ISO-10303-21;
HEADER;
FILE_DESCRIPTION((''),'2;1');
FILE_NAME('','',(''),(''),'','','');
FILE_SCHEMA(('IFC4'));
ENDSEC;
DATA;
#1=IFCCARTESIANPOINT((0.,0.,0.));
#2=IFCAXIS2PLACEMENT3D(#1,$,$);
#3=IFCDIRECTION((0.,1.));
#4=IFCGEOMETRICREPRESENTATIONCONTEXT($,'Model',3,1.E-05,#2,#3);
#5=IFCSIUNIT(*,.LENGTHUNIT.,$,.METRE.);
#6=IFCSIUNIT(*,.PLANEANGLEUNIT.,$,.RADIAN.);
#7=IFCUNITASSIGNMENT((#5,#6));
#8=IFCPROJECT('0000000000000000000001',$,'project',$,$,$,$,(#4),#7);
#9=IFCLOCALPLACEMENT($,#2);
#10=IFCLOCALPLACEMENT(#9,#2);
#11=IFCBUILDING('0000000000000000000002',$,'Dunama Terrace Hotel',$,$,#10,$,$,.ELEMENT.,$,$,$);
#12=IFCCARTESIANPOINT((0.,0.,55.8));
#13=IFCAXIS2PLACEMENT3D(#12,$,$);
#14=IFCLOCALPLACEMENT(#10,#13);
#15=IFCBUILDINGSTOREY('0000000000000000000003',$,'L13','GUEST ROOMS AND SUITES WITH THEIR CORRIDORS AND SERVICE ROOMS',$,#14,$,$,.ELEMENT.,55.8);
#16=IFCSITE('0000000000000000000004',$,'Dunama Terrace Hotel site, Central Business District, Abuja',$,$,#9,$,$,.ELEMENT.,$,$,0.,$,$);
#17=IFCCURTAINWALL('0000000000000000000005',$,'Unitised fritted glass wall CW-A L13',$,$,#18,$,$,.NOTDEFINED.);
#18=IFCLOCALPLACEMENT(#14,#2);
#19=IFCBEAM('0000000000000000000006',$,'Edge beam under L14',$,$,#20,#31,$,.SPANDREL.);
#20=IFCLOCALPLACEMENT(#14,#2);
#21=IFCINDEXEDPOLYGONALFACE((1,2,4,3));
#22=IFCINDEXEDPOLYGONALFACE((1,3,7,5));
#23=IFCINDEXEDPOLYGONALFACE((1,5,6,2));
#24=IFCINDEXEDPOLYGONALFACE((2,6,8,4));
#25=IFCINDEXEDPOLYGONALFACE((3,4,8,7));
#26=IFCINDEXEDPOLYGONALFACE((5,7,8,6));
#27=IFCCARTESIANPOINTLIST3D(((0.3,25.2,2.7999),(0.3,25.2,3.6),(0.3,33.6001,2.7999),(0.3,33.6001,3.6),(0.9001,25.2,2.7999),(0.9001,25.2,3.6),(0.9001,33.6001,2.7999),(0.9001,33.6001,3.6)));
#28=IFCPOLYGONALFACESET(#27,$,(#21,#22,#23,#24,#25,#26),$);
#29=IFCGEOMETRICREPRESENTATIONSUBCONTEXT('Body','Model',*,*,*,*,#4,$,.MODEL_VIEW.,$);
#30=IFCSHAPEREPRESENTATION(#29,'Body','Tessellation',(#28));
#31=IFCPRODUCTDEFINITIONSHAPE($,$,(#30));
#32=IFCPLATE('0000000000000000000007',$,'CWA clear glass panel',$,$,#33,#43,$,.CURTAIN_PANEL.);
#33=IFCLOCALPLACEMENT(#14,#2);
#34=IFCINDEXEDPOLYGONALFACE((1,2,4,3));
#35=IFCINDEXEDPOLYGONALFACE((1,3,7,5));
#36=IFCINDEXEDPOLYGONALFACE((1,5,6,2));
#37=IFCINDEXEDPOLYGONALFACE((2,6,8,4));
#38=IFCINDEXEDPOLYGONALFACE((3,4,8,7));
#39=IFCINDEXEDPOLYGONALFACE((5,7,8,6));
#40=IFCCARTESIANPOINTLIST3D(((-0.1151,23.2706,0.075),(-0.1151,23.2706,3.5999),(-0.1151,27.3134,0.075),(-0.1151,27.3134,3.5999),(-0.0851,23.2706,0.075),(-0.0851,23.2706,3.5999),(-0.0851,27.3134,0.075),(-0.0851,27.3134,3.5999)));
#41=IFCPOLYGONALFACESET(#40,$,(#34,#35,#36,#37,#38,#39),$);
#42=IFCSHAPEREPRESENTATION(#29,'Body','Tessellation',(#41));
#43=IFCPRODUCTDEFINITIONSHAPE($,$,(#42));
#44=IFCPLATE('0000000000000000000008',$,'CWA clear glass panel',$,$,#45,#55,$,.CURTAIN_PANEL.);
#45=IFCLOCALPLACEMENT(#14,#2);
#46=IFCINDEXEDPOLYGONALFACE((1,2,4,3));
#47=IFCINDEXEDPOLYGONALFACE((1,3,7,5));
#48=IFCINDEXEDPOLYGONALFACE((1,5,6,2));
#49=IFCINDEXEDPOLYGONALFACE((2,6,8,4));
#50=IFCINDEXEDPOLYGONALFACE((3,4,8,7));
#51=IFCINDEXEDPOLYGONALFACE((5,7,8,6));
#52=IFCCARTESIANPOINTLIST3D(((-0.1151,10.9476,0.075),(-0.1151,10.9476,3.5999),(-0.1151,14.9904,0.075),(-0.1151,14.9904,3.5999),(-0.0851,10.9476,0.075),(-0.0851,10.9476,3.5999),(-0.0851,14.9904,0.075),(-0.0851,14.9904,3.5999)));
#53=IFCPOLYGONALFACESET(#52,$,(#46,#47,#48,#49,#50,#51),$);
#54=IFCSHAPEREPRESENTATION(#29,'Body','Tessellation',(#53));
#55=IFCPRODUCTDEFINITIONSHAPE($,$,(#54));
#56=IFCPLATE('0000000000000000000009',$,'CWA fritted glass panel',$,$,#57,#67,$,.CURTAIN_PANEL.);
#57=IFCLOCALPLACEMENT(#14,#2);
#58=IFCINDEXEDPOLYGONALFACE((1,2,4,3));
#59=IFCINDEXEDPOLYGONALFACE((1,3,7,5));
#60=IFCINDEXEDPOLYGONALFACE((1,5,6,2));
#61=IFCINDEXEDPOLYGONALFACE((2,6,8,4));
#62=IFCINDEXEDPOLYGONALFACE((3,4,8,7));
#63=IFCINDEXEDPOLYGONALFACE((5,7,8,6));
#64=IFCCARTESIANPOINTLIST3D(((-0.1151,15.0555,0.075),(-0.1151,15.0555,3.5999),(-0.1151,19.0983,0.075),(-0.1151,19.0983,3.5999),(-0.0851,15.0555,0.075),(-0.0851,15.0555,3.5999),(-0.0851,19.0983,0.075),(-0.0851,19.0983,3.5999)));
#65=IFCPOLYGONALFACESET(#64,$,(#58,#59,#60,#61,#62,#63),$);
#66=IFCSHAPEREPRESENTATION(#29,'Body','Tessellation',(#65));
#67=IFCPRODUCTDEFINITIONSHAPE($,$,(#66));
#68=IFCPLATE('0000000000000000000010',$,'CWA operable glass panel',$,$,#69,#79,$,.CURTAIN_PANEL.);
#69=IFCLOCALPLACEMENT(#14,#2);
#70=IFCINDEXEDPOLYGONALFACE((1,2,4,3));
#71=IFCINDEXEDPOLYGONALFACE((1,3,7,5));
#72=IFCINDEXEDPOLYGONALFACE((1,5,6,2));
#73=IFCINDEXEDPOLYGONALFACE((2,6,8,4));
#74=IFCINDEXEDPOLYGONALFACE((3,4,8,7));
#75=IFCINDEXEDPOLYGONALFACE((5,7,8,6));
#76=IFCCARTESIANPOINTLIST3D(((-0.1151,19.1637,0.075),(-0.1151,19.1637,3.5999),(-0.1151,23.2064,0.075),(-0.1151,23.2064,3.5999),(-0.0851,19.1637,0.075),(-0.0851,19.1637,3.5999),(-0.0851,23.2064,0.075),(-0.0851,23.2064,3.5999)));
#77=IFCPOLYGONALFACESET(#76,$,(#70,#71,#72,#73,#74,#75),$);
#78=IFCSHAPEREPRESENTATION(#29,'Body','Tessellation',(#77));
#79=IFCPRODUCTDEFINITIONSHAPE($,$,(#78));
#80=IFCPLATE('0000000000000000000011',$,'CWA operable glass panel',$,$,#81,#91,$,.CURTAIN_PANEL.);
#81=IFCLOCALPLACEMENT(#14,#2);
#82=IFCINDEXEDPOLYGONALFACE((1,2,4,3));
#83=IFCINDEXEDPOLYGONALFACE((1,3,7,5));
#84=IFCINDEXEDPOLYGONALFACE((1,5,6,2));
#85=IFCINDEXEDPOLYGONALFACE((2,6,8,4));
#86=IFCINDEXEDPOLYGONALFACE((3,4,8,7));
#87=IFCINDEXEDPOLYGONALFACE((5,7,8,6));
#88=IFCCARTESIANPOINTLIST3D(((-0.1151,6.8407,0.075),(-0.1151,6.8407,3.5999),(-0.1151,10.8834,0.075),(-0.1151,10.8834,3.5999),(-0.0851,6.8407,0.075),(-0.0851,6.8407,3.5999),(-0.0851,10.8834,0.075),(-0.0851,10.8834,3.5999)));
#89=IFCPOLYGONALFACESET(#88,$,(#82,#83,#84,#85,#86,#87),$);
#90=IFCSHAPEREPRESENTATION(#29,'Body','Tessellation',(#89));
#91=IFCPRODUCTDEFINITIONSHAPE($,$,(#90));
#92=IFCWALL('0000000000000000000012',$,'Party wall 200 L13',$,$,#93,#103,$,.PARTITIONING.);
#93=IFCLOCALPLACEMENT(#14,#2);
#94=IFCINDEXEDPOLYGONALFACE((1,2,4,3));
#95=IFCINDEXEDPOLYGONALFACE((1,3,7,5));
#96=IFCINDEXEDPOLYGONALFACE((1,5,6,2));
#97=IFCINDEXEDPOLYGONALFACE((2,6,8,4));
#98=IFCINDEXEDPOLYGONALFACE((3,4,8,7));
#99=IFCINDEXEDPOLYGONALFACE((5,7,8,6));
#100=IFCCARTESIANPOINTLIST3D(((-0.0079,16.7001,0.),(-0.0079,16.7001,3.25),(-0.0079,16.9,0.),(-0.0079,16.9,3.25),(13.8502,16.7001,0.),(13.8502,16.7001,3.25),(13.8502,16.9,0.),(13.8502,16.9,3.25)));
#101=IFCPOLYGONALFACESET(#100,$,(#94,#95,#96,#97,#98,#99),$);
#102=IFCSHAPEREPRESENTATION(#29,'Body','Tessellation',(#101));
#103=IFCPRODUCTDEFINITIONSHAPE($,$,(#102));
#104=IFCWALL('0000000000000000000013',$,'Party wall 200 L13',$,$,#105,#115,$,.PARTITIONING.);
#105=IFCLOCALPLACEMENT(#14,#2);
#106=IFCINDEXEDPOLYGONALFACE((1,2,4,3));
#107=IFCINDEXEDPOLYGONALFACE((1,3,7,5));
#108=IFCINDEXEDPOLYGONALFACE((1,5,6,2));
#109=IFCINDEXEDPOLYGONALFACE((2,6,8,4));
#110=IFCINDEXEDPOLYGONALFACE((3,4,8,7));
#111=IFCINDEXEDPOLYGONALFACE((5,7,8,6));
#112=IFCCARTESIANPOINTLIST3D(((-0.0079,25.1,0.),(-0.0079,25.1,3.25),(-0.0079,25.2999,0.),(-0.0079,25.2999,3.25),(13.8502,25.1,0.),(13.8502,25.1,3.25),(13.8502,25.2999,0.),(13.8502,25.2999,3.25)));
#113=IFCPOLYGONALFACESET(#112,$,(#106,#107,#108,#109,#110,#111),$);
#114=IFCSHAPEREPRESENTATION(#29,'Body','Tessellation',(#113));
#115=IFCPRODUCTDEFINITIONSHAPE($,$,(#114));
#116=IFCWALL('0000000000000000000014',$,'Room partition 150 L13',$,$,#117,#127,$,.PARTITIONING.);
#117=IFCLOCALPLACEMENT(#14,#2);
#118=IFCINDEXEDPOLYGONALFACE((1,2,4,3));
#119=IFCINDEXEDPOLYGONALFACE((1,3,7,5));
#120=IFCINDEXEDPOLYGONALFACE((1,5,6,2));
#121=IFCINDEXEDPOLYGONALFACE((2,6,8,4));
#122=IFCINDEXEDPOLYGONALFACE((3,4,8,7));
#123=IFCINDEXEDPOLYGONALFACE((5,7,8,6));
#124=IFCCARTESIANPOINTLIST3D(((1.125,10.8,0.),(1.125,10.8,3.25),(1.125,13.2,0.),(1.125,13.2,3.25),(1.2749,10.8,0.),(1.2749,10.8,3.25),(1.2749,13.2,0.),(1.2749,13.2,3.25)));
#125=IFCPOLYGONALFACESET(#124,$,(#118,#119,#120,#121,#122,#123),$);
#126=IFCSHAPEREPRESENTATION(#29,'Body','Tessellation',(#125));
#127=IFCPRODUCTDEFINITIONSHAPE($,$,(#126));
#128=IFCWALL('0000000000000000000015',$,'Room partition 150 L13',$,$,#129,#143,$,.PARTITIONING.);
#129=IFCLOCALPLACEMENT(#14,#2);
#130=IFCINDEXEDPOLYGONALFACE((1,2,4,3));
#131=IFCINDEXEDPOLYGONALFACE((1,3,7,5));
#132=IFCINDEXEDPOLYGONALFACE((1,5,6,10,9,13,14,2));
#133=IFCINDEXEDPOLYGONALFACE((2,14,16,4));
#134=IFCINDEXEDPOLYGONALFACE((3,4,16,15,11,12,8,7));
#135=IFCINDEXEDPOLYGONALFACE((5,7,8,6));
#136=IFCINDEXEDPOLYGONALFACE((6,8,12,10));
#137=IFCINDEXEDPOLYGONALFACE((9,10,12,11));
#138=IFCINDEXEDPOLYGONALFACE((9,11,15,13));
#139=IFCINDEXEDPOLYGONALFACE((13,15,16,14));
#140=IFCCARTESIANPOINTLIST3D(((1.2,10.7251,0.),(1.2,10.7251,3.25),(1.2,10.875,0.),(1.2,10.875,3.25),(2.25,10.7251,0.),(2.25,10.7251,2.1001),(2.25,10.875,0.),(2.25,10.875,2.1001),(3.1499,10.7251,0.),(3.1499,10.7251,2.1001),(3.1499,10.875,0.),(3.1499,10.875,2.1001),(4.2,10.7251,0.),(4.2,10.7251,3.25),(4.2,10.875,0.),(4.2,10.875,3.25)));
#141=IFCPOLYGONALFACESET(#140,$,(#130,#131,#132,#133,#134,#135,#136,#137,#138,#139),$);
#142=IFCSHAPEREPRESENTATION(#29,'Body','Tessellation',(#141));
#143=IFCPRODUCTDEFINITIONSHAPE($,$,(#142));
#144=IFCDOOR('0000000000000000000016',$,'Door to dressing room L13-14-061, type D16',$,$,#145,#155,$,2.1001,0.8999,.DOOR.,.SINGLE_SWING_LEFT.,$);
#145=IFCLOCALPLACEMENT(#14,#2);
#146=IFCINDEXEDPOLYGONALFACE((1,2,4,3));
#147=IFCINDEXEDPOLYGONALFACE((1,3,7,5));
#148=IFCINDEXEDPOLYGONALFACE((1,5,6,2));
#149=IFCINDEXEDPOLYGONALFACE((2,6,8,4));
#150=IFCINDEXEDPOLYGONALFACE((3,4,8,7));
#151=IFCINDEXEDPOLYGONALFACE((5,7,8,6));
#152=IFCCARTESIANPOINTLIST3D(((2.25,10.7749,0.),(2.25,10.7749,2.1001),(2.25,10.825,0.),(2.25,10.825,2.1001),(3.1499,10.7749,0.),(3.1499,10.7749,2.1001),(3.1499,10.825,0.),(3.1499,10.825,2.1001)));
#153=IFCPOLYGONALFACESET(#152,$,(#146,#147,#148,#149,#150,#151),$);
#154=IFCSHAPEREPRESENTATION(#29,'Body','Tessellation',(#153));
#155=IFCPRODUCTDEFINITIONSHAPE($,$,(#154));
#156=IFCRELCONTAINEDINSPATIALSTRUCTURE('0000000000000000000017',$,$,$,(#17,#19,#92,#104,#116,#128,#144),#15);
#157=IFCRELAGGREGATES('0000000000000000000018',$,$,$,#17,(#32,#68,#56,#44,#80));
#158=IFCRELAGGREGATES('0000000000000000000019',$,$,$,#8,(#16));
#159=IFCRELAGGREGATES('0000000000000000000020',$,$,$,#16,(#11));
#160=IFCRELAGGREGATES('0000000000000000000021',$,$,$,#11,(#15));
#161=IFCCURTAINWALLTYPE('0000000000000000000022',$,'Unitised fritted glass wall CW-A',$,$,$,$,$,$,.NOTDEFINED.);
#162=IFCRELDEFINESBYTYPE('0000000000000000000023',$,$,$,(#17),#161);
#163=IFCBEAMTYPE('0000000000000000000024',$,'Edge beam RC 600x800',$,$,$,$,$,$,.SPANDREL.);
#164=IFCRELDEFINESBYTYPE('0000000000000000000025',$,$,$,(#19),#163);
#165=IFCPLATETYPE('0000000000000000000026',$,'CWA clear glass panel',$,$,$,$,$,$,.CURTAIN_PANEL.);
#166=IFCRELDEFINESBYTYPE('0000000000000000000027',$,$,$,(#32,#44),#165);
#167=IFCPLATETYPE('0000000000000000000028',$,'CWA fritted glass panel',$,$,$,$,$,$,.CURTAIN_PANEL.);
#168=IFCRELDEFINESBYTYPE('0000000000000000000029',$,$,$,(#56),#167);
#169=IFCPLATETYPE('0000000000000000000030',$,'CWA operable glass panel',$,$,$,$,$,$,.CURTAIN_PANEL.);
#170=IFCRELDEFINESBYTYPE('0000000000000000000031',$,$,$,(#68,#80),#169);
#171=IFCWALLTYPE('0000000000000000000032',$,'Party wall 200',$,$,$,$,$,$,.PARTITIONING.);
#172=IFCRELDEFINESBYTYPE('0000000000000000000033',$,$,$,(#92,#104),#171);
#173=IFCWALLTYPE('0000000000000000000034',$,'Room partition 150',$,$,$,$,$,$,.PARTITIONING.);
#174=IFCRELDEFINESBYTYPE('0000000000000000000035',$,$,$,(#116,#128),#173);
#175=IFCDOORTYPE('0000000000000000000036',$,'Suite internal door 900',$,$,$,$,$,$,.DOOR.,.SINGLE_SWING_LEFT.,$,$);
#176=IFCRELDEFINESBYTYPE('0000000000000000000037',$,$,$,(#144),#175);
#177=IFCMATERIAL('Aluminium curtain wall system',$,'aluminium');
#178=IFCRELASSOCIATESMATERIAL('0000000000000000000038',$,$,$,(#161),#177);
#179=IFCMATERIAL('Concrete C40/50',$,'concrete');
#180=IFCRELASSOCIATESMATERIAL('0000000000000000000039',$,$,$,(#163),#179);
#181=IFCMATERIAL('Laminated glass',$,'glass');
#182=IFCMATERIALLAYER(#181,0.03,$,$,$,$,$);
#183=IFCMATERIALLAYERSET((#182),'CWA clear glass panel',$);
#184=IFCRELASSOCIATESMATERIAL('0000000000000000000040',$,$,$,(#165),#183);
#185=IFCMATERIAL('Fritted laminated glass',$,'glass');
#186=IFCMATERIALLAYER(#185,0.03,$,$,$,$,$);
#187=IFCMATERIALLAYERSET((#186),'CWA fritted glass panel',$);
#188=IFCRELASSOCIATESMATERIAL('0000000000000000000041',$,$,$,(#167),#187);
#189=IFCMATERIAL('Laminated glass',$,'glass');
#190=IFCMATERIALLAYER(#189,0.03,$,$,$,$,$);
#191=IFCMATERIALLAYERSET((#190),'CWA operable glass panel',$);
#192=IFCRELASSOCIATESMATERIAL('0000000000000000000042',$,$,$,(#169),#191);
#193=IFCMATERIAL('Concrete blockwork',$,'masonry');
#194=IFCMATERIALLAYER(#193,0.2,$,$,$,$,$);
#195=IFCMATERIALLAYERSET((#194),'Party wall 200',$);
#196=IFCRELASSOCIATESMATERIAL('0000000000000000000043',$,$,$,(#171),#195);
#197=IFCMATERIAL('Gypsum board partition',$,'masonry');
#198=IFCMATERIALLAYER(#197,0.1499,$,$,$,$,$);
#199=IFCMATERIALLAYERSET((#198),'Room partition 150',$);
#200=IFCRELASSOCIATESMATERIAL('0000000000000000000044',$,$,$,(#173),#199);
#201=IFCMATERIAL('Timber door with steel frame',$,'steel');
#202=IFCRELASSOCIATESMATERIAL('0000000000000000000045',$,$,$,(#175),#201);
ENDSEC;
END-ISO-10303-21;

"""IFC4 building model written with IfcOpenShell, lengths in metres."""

from ifc_helpers import new_model, si_unit, direction, frame, frame_2d, origin, origin_2d, place, context, subcontext, project, spatial, rectangle, extrude, material, layer, layer_set, material_profile, profile_set, type_object, element, fill, aggregate, save


model = new_model("IFC4")

# Units and contexts
model_context = context("Model", 3, precision=1e-05, world=origin(), true_north=direction((0.0, 1.0)))
body_context = subcontext(model_context, "Body", "Model", "MODEL_VIEW")
ifc_project = project(units=[si_unit("LENGTHUNIT", "METRE"), si_unit("PLANEANGLEUNIT", "RADIAN")], contexts=[model_context])

# Site, building, storey
site_placement = place(None, origin())
site = spatial("IfcSite", under=ifc_project, at=site_placement, Name="Dunama Terrace Hotel site, Central Business District, Abuja", CompositionType="ELEMENT", RefElevation=0.0)
building_placement = place(site_placement, origin())
building = spatial("IfcBuilding", under=site, at=building_placement, Name="Dunama Terrace Hotel", CompositionType="ELEMENT")
storey_placement = place(building_placement, frame((0.0, 0.0, 55.8)))
storey = spatial("IfcBuildingStorey", under=building, at=storey_placement, Name="L13", Description="GUEST ROOMS AND SUITES WITH THEIR CORRIDORS AND SERVICE ROOMS", CompositionType="ELEMENT", Elevation=55.8)

# Curtain wall
ifc_material_1 = material(Name="Aluminium curtain wall system", Category="aluminium")
curtain_wall_type = type_object("IfcCurtainWallType", Name="Unitised fritted glass wall CW-A", PredefinedType="NOTDEFINED", material=ifc_material_1)
curtain_wall_placement = place(storey_placement, origin())
curtain_wall = element("IfcCurtainWall", 1, at=curtain_wall_placement, inside=storey, type_object=curtain_wall_type, Name="Unitised fritted glass wall CW-A L13", PredefinedType="NOTDEFINED")

# Beam
ifc_material_2 = material(Name="Concrete C40/50", Category="concrete")
ifc_material_profile_1 = material_profile(ifc_material_2, rectangle(XDim=0.6001, YDim=0.8, at=origin_2d()), Name="RC 600x800")
ifc_profile_set_1 = profile_set([ifc_material_profile_1], Name="Concrete C40/50")
beam_type = type_object("IfcBeamType", Name="Edge beam RC 600x800", PredefinedType="SPANDREL", material=ifc_profile_set_1)
beam_1_placement = place(storey_placement, frame((0.6001, 25.2, 3.2), z_axis=(0.0, 1.0, 0.0), x_axis=(-1.0, 0.0, 0.0)))
element("IfcBeam", 2, at=beam_1_placement, inside=storey, type_object=beam_type, Name="Edge beam under L14", PredefinedType="SPANDREL", context=body_context, shape_type="SweptSolid", body=[
    extrude(rectangle(XDim=0.6001, YDim=0.8, at=origin_2d()), origin(), (0.0, 0.0, 1.0), 8.4001),
])

# Plates
ifc_material_3 = material(Name="Laminated glass", Category="glass")
ifc_layer_1 = layer(ifc_material_3, 0.03)
ifc_layer_set_1 = layer_set([ifc_layer_1], Name="CWA clear glass panel")
plate_type_1 = type_object("IfcPlateType", Name="CWA clear glass panel", PredefinedType="CURTAIN_PANEL", material=ifc_layer_set_1)
plate_1_placement = place(storey_placement, frame((-0.1001, 25.292, 0.075), z_axis=(0.0, 0.0, 1.0), x_axis=(0.0, -1.0, 0.0)))
plate_1 = element("IfcPlate", 3, at=plate_1_placement, type_object=plate_type_1, Name="CWA clear glass panel", PredefinedType="CURTAIN_PANEL", context=body_context, shape_type="SweptSolid", body=[
    extrude(rectangle(XDim=4.0427, YDim=0.03, at=origin_2d()), origin(), (0.0, 0.0, 1.0), 3.5249),
])
plate_2_placement = place(storey_placement, frame((-0.1001, 12.969, 0.075), z_axis=(0.0, 0.0, 1.0), x_axis=(0.0, -1.0, 0.0)))
plate_2 = element("IfcPlate", 4, at=plate_2_placement, type_object=plate_type_1, Name="CWA clear glass panel", PredefinedType="CURTAIN_PANEL", context=body_context, shape_type="SweptSolid", body=[
    extrude(rectangle(XDim=4.0427, YDim=0.03, at=origin_2d()), origin(), (0.0, 0.0, 1.0), 3.5249),
])
ifc_material_4 = material(Name="Fritted laminated glass", Category="glass")
ifc_layer_2 = layer(ifc_material_4, 0.03)
ifc_layer_set_2 = layer_set([ifc_layer_2], Name="CWA fritted glass panel")
plate_type_2 = type_object("IfcPlateType", Name="CWA fritted glass panel", PredefinedType="CURTAIN_PANEL", material=ifc_layer_set_2)
plate_3_placement = place(storey_placement, frame((-0.1001, 17.0769, 0.075), z_axis=(0.0, 0.0, 1.0), x_axis=(0.0, -1.0, 0.0)))
plate_3 = element("IfcPlate", 5, at=plate_3_placement, type_object=plate_type_2, Name="CWA fritted glass panel", PredefinedType="CURTAIN_PANEL", context=body_context, shape_type="SweptSolid", body=[
    extrude(rectangle(XDim=4.0427, YDim=0.03, at=origin_2d()), origin(), (0.0, 0.0, 1.0), 3.5249),
])
ifc_material_5 = material(Name="Laminated glass", Category="glass")
ifc_layer_3 = layer(ifc_material_5, 0.03)
ifc_layer_set_3 = layer_set([ifc_layer_3], Name="CWA operable glass panel")
plate_type_3 = type_object("IfcPlateType", Name="CWA operable glass panel", PredefinedType="CURTAIN_PANEL", material=ifc_layer_set_3)
plate_4_placement = place(storey_placement, frame((-0.1001, 21.1851, 0.075), z_axis=(0.0, 0.0, 1.0), x_axis=(0.0, -1.0, 0.0)))
plate_4 = element("IfcPlate", 6, at=plate_4_placement, type_object=plate_type_3, Name="CWA operable glass panel", PredefinedType="CURTAIN_PANEL", context=body_context, shape_type="SweptSolid", body=[
    extrude(rectangle(XDim=4.0427, YDim=0.03, at=origin_2d()), origin(), (0.0, 0.0, 1.0), 3.5249),
])
plate_5_placement = place(storey_placement, frame((-0.1001, 8.8621, 0.075), z_axis=(0.0, 0.0, 1.0), x_axis=(0.0, -1.0, 0.0)))
plate_5 = element("IfcPlate", 7, at=plate_5_placement, type_object=plate_type_3, Name="CWA operable glass panel", PredefinedType="CURTAIN_PANEL", context=body_context, shape_type="SweptSolid", body=[
    extrude(rectangle(XDim=4.0427, YDim=0.03, at=origin_2d()), origin(), (0.0, 0.0, 1.0), 3.5249),
])
aggregate(curtain_wall, [plate_1, plate_4, plate_3, plate_2, plate_5])

# Walls
ifc_material_6 = material(Name="Concrete blockwork", Category="masonry")
ifc_layer_4 = layer(ifc_material_6, 0.2)
ifc_layer_set_4 = layer_set([ifc_layer_4], Name="Party wall 200")
wall_type_1 = type_object("IfcWallType", Name="Party wall 200", PredefinedType="PARTITIONING", material=ifc_layer_set_4)
for number, where, z_axis, x_axis, name in (
    (8, (-0.0081, 16.8, 0.0), (0.0, 0.0, 1.0), (1.0, 0.0, 0.0), "Party wall 200 L13"),
    (9, (-0.0081, 25.2, 0.0), (0.0, 0.0, 1.0), (1.0, 0.0, 0.0), "Party wall 200 L13"),
):
    element("IfcWall", number, at=place(storey_placement, frame(where, z_axis=z_axis, x_axis=x_axis)), inside=storey, type_object=wall_type_1, Name=name, PredefinedType="PARTITIONING", context=body_context, shape_type="SweptSolid", body=[
        extrude(rectangle(XDim=13.8582, YDim=0.2, at=frame_2d((6.9292, 0.0))), origin(), (0.0, 0.0, 1.0), 3.25),
    ])
ifc_material_7 = material(Name="Gypsum board partition", Category="masonry")
ifc_layer_5 = layer(ifc_material_7, 0.1499)
ifc_layer_set_5 = layer_set([ifc_layer_5], Name="Room partition 150")
wall_type_2 = type_object("IfcWallType", Name="Room partition 150", PredefinedType="PARTITIONING", material=ifc_layer_set_5)
wall_1_placement = place(storey_placement, frame((1.2, 10.8, 0.0), z_axis=(0.0, 0.0, 1.0), x_axis=(0.0, 1.0, 0.0)))
element("IfcWall", 10, at=wall_1_placement, inside=storey, type_object=wall_type_2, Name="Room partition 150 L13", PredefinedType="PARTITIONING", context=body_context, shape_type="SweptSolid", body=[
    extrude(rectangle(XDim=2.3999, YDim=0.1499, at=frame_2d((1.2, 0.0))), origin(), (0.0, 0.0, 1.0), 3.25),
])

# Wall, opening, door
wall_2_placement = place(storey_placement, frame((1.2, 10.8, 0.0), z_axis=(0.0, 0.0, 1.0), x_axis=(1.0, 0.0, 0.0)))
wall_2 = element("IfcWall", 11, at=wall_2_placement, inside=storey, type_object=wall_type_2, Name="Room partition 150 L13", PredefinedType="PARTITIONING", context=body_context, shape_type="SweptSolid", body=[
    extrude(rectangle(XDim=3.0, YDim=0.1499, at=frame_2d((1.5, 0.0))), origin(), (0.0, 0.0, 1.0), 3.25),
])
opening_1_placement = place(wall_2_placement, frame((1.05, 0.0, 0.0)))
opening_1 = element("IfcOpeningElement", 12, at=opening_1_placement, cuts=wall_2, PredefinedType="OPENING", context=body_context, shape_type="SweptSolid", body=[
    extrude(rectangle(XDim=0.8999, YDim=2.1001, at=frame_2d((0.45, 1.05))), frame((0.0, 0.085, 0.0), z_axis=(0.0, -1.0, 0.0), x_axis=(1.0, 0.0, 0.0)), (0.0, 0.0, 1.0), 0.1699),
])
ifc_material_8 = material(Name="Timber door with steel frame", Category="steel")
door_type = type_object("IfcDoorType", Name="Suite internal door 900", OperationType="SINGLE_SWING_LEFT", PredefinedType="DOOR", material=ifc_material_8)
door_1_placement = place(opening_1_placement, origin())
door_1 = element("IfcDoor", 13, at=door_1_placement, inside=storey, type_object=door_type, Name="Door to dressing room L13-14-061, type D16", OperationType="SINGLE_SWING_LEFT", OverallHeight=2.1001, OverallWidth=0.8999, PredefinedType="DOOR", context=body_context, shape_type="SweptSolid", body=[
    extrude(rectangle(XDim=0.8999, YDim=2.1001, at=frame_2d((0.45, 1.05))), frame((0.0, 0.0249, 0.0), z_axis=(0.0, -1.0, 0.0), x_axis=(1.0, 0.0, 0.0)), (0.0, 0.0, 1.0), 0.05),
])
fill(opening_1, door_1)

save(model, "model.ifc")
